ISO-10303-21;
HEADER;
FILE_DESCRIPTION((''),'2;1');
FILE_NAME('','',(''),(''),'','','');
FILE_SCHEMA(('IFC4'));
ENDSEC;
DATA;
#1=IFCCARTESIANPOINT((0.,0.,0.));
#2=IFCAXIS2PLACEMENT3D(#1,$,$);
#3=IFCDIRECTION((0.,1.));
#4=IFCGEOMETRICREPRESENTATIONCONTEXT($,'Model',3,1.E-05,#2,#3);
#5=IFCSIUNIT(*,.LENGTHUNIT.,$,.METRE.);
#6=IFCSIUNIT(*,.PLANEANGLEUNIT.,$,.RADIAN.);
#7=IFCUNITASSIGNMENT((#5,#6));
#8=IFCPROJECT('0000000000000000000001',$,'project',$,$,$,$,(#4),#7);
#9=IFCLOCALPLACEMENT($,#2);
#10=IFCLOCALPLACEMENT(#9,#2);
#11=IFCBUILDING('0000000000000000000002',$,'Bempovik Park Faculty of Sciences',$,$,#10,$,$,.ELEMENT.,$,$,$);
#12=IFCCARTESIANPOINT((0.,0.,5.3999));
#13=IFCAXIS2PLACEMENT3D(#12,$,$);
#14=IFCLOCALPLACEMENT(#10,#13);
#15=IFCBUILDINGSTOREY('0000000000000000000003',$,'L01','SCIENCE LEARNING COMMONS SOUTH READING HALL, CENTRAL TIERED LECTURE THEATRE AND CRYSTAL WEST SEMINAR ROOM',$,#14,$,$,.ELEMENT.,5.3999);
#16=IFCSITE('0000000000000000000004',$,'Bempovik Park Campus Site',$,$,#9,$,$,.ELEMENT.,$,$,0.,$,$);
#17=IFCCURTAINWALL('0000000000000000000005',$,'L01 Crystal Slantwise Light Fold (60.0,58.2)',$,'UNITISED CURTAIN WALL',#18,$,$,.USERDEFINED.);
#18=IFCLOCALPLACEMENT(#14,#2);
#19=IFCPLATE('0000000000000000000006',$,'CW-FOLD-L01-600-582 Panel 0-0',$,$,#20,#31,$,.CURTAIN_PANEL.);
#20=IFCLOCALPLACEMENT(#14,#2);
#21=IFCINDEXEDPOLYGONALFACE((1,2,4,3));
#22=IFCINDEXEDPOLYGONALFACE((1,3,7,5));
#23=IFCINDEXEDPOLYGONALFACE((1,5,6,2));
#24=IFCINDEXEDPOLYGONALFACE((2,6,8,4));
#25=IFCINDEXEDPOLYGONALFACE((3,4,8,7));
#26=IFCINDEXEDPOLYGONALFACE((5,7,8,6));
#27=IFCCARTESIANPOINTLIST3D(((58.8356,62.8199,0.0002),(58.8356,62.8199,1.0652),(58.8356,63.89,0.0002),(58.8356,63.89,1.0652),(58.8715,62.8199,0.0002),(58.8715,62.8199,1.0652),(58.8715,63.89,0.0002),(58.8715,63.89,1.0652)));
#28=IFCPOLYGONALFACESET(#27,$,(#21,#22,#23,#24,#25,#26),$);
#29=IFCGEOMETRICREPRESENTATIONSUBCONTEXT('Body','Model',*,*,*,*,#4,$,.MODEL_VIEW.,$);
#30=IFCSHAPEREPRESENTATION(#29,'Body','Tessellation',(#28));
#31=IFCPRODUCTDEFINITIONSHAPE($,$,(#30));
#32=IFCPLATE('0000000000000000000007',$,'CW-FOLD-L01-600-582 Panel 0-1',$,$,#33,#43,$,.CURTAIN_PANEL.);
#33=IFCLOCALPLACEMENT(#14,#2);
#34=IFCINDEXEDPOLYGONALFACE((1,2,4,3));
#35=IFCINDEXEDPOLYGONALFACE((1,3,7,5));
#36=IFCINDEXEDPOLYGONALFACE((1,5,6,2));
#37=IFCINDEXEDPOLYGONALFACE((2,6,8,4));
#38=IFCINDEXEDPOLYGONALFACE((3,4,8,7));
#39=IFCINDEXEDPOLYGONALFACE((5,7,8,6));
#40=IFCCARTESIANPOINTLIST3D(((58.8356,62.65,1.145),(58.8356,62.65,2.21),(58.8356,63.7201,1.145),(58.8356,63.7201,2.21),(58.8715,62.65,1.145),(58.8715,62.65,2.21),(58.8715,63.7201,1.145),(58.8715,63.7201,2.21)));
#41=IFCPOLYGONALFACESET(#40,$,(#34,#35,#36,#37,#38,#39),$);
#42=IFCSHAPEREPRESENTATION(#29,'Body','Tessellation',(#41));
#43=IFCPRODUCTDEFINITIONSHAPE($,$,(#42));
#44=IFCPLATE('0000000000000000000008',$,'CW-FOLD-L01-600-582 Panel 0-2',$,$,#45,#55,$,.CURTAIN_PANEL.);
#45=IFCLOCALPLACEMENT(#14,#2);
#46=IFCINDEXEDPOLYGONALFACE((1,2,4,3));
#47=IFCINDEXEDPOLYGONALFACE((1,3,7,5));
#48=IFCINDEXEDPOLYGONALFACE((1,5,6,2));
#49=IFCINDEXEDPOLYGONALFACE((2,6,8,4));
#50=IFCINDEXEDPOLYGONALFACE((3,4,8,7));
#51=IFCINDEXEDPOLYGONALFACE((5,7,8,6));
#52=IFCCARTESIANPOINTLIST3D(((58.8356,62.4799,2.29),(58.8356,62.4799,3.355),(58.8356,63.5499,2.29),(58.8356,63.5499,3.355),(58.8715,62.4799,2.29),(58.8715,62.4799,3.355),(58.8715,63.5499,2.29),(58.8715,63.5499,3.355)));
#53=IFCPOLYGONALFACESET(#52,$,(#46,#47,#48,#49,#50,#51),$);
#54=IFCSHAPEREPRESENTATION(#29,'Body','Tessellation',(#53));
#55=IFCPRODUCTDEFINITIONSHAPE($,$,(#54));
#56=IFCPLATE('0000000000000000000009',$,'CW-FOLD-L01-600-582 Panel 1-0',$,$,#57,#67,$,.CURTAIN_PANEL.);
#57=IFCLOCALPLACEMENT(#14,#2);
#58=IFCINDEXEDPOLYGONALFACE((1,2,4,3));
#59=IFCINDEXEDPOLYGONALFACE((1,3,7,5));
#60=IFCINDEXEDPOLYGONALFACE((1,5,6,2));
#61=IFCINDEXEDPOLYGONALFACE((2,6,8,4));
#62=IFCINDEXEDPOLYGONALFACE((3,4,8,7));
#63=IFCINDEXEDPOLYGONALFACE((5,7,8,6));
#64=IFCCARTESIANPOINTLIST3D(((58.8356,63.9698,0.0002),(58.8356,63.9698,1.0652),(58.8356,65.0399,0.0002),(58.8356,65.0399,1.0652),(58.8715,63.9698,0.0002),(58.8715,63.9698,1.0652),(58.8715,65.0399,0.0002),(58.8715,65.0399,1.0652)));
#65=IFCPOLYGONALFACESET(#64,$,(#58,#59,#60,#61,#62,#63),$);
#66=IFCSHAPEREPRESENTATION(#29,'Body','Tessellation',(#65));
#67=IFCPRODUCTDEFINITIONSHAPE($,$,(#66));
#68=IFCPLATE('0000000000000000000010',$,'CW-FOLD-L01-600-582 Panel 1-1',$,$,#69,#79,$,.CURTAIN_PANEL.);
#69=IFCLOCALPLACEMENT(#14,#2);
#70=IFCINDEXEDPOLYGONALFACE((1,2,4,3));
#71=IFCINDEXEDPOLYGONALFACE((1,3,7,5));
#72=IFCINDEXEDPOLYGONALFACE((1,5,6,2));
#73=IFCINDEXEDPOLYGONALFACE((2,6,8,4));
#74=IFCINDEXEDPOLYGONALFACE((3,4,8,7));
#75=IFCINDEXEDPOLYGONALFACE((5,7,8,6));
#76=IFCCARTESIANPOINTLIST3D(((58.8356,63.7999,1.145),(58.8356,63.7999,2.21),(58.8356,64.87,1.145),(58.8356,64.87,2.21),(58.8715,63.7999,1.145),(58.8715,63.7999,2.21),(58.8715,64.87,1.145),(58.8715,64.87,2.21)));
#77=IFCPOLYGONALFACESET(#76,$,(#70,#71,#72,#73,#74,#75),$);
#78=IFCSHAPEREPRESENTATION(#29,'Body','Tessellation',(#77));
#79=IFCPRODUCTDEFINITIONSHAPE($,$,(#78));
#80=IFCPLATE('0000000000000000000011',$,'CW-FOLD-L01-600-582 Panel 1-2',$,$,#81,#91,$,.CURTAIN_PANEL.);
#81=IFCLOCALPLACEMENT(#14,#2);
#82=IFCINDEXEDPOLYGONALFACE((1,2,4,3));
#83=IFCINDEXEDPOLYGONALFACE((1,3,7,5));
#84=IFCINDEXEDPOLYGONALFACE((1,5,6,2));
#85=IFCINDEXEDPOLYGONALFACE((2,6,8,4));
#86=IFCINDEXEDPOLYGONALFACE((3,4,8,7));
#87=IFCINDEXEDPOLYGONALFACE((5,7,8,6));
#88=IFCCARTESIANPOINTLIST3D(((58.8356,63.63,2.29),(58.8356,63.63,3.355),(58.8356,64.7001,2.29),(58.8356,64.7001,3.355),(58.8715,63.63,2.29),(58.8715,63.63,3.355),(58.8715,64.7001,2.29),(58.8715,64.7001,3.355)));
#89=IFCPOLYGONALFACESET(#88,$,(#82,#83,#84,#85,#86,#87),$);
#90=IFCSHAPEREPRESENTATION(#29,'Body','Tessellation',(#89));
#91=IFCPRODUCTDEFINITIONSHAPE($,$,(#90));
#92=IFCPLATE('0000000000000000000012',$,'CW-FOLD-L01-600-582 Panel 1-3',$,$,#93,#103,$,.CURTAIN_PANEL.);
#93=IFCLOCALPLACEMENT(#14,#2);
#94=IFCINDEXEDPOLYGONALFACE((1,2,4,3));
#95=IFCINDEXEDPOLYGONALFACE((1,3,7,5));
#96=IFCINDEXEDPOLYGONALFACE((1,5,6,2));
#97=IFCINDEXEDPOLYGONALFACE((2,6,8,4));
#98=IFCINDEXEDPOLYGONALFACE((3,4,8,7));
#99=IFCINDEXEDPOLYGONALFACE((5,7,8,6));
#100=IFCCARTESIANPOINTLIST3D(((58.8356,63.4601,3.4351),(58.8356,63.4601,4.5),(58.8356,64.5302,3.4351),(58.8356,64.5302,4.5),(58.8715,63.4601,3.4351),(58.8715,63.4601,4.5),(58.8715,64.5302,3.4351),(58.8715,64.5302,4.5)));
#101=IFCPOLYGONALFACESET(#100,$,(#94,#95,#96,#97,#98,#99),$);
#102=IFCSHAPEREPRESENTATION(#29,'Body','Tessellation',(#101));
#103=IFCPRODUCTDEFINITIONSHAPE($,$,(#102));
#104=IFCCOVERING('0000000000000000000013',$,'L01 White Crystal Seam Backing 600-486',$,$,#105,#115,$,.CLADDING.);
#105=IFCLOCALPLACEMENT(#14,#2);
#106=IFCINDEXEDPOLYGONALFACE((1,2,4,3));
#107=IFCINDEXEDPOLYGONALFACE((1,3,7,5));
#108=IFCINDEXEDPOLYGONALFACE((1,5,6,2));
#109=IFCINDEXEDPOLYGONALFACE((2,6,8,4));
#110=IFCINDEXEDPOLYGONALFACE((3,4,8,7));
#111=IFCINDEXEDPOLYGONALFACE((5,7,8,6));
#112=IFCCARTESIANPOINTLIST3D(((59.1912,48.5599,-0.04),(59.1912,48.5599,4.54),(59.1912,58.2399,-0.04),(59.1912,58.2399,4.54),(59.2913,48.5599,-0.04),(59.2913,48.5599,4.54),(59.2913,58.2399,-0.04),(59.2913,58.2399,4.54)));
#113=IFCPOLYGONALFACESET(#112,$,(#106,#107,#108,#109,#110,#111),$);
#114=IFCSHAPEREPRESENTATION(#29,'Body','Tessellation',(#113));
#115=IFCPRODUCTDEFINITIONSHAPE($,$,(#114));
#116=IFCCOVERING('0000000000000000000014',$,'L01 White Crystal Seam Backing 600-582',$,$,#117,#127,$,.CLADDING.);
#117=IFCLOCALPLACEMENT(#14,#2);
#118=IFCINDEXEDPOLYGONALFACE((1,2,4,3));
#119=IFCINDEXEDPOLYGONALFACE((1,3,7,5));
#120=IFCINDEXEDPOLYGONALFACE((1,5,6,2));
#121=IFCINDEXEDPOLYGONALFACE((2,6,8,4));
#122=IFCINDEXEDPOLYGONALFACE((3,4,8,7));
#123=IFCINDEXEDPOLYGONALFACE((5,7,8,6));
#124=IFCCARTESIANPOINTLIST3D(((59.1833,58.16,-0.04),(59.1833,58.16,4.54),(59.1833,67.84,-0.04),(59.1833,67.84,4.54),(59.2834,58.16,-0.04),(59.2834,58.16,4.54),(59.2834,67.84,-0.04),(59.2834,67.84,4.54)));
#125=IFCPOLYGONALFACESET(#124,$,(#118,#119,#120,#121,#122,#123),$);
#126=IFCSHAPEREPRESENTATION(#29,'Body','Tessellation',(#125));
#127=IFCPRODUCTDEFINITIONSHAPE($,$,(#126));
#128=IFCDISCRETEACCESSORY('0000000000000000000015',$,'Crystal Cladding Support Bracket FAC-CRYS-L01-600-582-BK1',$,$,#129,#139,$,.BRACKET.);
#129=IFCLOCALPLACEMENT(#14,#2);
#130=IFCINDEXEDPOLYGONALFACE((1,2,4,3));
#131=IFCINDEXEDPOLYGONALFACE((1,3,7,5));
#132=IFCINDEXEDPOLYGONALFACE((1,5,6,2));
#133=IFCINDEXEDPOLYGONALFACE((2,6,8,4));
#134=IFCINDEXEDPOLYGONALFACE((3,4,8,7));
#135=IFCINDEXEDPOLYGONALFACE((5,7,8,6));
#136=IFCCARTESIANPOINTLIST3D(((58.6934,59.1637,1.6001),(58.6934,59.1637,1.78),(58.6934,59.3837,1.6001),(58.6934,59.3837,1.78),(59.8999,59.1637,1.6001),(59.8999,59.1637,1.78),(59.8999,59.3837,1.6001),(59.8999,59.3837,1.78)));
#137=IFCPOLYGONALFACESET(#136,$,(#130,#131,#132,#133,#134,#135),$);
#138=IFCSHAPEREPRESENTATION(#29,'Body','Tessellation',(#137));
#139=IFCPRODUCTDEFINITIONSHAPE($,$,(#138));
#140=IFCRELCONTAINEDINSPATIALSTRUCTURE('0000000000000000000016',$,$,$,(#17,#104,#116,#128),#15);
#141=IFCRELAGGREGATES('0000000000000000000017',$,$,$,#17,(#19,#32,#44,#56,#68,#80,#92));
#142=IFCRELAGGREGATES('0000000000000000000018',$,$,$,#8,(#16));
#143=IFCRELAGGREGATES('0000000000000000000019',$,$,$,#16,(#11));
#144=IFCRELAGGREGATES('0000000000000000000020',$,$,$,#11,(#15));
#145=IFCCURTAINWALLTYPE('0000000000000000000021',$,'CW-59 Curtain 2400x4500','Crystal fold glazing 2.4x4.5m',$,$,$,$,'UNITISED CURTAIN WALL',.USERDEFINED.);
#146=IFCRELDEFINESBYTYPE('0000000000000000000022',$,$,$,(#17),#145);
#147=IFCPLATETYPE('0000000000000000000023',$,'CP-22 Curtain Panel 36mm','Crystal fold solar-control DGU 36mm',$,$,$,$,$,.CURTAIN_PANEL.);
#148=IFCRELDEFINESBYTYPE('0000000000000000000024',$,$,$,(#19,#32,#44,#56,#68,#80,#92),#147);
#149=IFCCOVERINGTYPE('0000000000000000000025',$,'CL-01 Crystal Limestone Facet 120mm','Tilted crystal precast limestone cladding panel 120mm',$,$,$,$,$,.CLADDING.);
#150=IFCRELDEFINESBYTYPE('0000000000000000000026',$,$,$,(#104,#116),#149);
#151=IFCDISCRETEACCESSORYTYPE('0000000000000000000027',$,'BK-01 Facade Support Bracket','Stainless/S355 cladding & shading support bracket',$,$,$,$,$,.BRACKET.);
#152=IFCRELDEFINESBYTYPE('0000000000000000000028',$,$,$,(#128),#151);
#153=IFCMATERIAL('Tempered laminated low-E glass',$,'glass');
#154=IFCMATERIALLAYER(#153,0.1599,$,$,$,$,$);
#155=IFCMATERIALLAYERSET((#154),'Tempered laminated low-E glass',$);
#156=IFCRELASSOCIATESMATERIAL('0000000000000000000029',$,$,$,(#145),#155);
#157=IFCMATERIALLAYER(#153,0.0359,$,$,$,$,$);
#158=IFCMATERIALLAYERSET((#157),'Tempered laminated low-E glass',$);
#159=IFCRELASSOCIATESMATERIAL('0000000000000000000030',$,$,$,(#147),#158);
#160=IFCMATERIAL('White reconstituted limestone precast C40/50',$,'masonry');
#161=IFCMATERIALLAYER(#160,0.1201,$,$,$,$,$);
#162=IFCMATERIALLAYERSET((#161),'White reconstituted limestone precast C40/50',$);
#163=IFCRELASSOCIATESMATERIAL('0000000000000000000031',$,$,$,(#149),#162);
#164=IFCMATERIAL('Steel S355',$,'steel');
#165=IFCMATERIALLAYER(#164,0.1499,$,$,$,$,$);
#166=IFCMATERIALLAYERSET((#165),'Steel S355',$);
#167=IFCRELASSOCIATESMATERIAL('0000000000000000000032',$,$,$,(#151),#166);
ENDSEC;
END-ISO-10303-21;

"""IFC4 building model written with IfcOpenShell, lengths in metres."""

from ifc_helpers import new_model, si_unit, direction, frame, origin, origin_2d, place, context, subcontext, project, spatial, rectangle, extrude, material, layer, layer_set, type_object, element, aggregate, save


model = new_model("IFC4")

# Units and contexts
model_context = context("Model", 3, precision=1e-05, world=origin(), true_north=direction((0.0, 1.0)))
body_context = subcontext(model_context, "Body", "Model", "MODEL_VIEW")
ifc_project = project(units=[si_unit("LENGTHUNIT", "METRE"), si_unit("PLANEANGLEUNIT", "RADIAN")], contexts=[model_context])

# Site, building, storey
site_placement = place(None, origin())
site = spatial("IfcSite", under=ifc_project, at=site_placement, Name="Bempovik Park Campus Site", CompositionType="ELEMENT", RefElevation=0.0)
building_placement = place(site_placement, origin())
building = spatial("IfcBuilding", under=site, at=building_placement, Name="Bempovik Park Faculty of Sciences", CompositionType="ELEMENT")
storey_placement = place(building_placement, frame((0.0, 0.0, 5.3999)))
storey = spatial("IfcBuildingStorey", under=building, at=storey_placement, Name="L01", Description="SCIENCE LEARNING COMMONS SOUTH READING HALL, CENTRAL TIERED LECTURE THEATRE AND CRYSTAL WEST SEMINAR ROOM", CompositionType="ELEMENT", Elevation=5.3999)

# Curtain wall
ifc_material_1 = material(Name="Tempered laminated low-E glass", Category="glass")
ifc_layer_1 = layer(ifc_material_1, 0.1599)
ifc_layer_set_1 = layer_set([ifc_layer_1], Name="Tempered laminated low-E glass")
curtain_wall_type = type_object("IfcCurtainWallType", Name="CW-59 Curtain 2400x4500", Description="Crystal fold glazing 2.4x4.5m", ElementType="UNITISED CURTAIN WALL", PredefinedType="USERDEFINED", material=ifc_layer_set_1)
curtain_wall_1_placement = place(storey_placement, origin())
curtain_wall_1 = element("IfcCurtainWall", 1, at=curtain_wall_1_placement, inside=storey, type_object=curtain_wall_type, Name="L01 Crystal Slantwise Light Fold (60.0,58.2)", ObjectType="UNITISED CURTAIN WALL", PredefinedType="USERDEFINED")

# Plates
ifc_layer_2 = layer(ifc_material_1, 0.0359)
ifc_layer_set_2 = layer_set([ifc_layer_2], Name="Tempered laminated low-E glass")
plate_type = type_object("IfcPlateType", Name="CP-22 Curtain Panel 36mm", Description="Crystal fold solar-control DGU 36mm", PredefinedType="CURTAIN_PANEL", material=ifc_layer_set_2)
plate_1_placement = place(storey_placement, frame((58.8535, 63.355, 0.0002), z_axis=(0.0, 0.0, 1.0), x_axis=(0.0, 1.0, 0.0)))
plate_1 = element("IfcPlate", 2, at=plate_1_placement, type_object=plate_type, Name="CW-FOLD-L01-600-582 Panel 0-0", PredefinedType="CURTAIN_PANEL", context=body_context, shape_type="SweptSolid", body=[
    extrude(rectangle(XDim=1.0701, YDim=0.0359, at=origin_2d()), origin(), (0.0, 0.0, 1.0), 1.0649),
])
plate_2_placement = place(storey_placement, frame((58.8535, 63.1851, 1.145), z_axis=(0.0, 0.0, 1.0), x_axis=(0.0, 1.0, 0.0)))
plate_2 = element("IfcPlate", 3, at=plate_2_placement, type_object=plate_type, Name="CW-FOLD-L01-600-582 Panel 0-1", PredefinedType="CURTAIN_PANEL", context=body_context, shape_type="SweptSolid", body=[
    extrude(rectangle(XDim=1.0701, YDim=0.0359, at=origin_2d()), origin(), (0.0, 0.0, 1.0), 1.0649),
])
plate_3_placement = place(storey_placement, frame((58.8535, 63.0149, 2.29), z_axis=(0.0, 0.0, 1.0), x_axis=(0.0, 1.0, 0.0)))
plate_3 = element("IfcPlate", 4, at=plate_3_placement, type_object=plate_type, Name="CW-FOLD-L01-600-582 Panel 0-2", PredefinedType="CURTAIN_PANEL", context=body_context, shape_type="SweptSolid", body=[
    extrude(rectangle(XDim=1.0701, YDim=0.0359, at=origin_2d()), origin(), (0.0, 0.0, 1.0), 1.0649),
])
plate_4_placement = place(storey_placement, frame((58.8535, 64.5049, 0.0002), z_axis=(0.0, 0.0, 1.0), x_axis=(0.0, 1.0, 0.0)))
plate_4 = element("IfcPlate", 5, at=plate_4_placement, type_object=plate_type, Name="CW-FOLD-L01-600-582 Panel 1-0", PredefinedType="CURTAIN_PANEL", context=body_context, shape_type="SweptSolid", body=[
    extrude(rectangle(XDim=1.0701, YDim=0.0359, at=origin_2d()), origin(), (0.0, 0.0, 1.0), 1.0649),
])
plate_5_placement = place(storey_placement, frame((58.8535, 64.335, 1.145), z_axis=(0.0, 0.0, 1.0), x_axis=(0.0, 1.0, 0.0)))
plate_5 = element("IfcPlate", 6, at=plate_5_placement, type_object=plate_type, Name="CW-FOLD-L01-600-582 Panel 1-1", PredefinedType="CURTAIN_PANEL", context=body_context, shape_type="SweptSolid", body=[
    extrude(rectangle(XDim=1.0701, YDim=0.0359, at=origin_2d()), origin(), (0.0, 0.0, 1.0), 1.0649),
])
plate_6_placement = place(storey_placement, frame((58.8535, 64.165, 2.29), z_axis=(0.0, 0.0, 1.0), x_axis=(0.0, 1.0, 0.0)))
plate_6 = element("IfcPlate", 7, at=plate_6_placement, type_object=plate_type, Name="CW-FOLD-L01-600-582 Panel 1-2", PredefinedType="CURTAIN_PANEL", context=body_context, shape_type="SweptSolid", body=[
    extrude(rectangle(XDim=1.0701, YDim=0.0359, at=origin_2d()), origin(), (0.0, 0.0, 1.0), 1.0649),
])
plate_7_placement = place(storey_placement, frame((58.8535, 63.9951, 3.4351), z_axis=(0.0, 0.0, 1.0), x_axis=(0.0, 1.0, 0.0)))
plate_7 = element("IfcPlate", 8, at=plate_7_placement, type_object=plate_type, Name="CW-FOLD-L01-600-582 Panel 1-3", PredefinedType="CURTAIN_PANEL", context=body_context, shape_type="SweptSolid", body=[
    extrude(rectangle(XDim=1.0701, YDim=0.0359, at=origin_2d()), origin(), (0.0, 0.0, 1.0), 1.0649),
])
aggregate(curtain_wall_1, [plate_1, plate_2, plate_3, plate_4, plate_5, plate_6, plate_7])

# Coverings
ifc_material_2 = material(Name="White reconstituted limestone precast C40/50", Category="masonry")
ifc_layer_3 = layer(ifc_material_2, 0.1201)
ifc_layer_set_3 = layer_set([ifc_layer_3], Name="White reconstituted limestone precast C40/50")
covering_type = type_object("IfcCoveringType", Name="CL-01 Crystal Limestone Facet 120mm", Description="Tilted crystal precast limestone cladding panel 120mm", PredefinedType="CLADDING", material=ifc_layer_set_3)
for number, where, z_axis, x_axis, name in (
    (9, (59.2412, 53.3999, -0.04), (0.0, 0.0, 1.0), (1.0, 0.0, 0.0), "L01 White Crystal Seam Backing 600-486"),
    (10, (59.2334, 63.0, -0.04), (0.0, 0.0, 1.0), (1.0, 0.0, 0.0), "L01 White Crystal Seam Backing 600-582"),
):
    element("IfcCovering", number, at=place(storey_placement, frame(where, z_axis=z_axis, x_axis=x_axis)), inside=storey, type_object=covering_type, Name=name, PredefinedType="CLADDING", context=body_context, shape_type="SweptSolid", body=[
        extrude(rectangle(XDim=0.1001, YDim=9.6799, at=origin_2d()), origin(), (0.0, 0.0, 1.0), 4.5801),
    ])

# Discrete accessory
ifc_material_3 = material(Name="Steel S355", Category="steel")
ifc_layer_4 = layer(ifc_material_3, 0.1499)
ifc_layer_set_4 = layer_set([ifc_layer_4], Name="Steel S355")
discrete_accessory_type = type_object("IfcDiscreteAccessoryType", Name="BK-01 Facade Support Bracket", Description="Stainless/S355 cladding & shading support bracket", PredefinedType="BRACKET", material=ifc_layer_set_4)
discrete_accessory_placement = place(storey_placement, frame((59.2966, 59.2737, 1.6001), z_axis=(0.0, 0.0, 1.0), x_axis=(1.0, 0.0, 0.0)))
element("IfcDiscreteAccessory", 11, at=discrete_accessory_placement, inside=storey, type_object=discrete_accessory_type, Name="Crystal Cladding Support Bracket FAC-CRYS-L01-600-582-BK1", PredefinedType="BRACKET", context=body_context, shape_type="SweptSolid", body=[
    extrude(rectangle(XDim=1.2065, YDim=0.22, at=origin_2d()), origin(), (0.0, 0.0, 1.0), 0.1799),
])

save(model, "model.ifc")
